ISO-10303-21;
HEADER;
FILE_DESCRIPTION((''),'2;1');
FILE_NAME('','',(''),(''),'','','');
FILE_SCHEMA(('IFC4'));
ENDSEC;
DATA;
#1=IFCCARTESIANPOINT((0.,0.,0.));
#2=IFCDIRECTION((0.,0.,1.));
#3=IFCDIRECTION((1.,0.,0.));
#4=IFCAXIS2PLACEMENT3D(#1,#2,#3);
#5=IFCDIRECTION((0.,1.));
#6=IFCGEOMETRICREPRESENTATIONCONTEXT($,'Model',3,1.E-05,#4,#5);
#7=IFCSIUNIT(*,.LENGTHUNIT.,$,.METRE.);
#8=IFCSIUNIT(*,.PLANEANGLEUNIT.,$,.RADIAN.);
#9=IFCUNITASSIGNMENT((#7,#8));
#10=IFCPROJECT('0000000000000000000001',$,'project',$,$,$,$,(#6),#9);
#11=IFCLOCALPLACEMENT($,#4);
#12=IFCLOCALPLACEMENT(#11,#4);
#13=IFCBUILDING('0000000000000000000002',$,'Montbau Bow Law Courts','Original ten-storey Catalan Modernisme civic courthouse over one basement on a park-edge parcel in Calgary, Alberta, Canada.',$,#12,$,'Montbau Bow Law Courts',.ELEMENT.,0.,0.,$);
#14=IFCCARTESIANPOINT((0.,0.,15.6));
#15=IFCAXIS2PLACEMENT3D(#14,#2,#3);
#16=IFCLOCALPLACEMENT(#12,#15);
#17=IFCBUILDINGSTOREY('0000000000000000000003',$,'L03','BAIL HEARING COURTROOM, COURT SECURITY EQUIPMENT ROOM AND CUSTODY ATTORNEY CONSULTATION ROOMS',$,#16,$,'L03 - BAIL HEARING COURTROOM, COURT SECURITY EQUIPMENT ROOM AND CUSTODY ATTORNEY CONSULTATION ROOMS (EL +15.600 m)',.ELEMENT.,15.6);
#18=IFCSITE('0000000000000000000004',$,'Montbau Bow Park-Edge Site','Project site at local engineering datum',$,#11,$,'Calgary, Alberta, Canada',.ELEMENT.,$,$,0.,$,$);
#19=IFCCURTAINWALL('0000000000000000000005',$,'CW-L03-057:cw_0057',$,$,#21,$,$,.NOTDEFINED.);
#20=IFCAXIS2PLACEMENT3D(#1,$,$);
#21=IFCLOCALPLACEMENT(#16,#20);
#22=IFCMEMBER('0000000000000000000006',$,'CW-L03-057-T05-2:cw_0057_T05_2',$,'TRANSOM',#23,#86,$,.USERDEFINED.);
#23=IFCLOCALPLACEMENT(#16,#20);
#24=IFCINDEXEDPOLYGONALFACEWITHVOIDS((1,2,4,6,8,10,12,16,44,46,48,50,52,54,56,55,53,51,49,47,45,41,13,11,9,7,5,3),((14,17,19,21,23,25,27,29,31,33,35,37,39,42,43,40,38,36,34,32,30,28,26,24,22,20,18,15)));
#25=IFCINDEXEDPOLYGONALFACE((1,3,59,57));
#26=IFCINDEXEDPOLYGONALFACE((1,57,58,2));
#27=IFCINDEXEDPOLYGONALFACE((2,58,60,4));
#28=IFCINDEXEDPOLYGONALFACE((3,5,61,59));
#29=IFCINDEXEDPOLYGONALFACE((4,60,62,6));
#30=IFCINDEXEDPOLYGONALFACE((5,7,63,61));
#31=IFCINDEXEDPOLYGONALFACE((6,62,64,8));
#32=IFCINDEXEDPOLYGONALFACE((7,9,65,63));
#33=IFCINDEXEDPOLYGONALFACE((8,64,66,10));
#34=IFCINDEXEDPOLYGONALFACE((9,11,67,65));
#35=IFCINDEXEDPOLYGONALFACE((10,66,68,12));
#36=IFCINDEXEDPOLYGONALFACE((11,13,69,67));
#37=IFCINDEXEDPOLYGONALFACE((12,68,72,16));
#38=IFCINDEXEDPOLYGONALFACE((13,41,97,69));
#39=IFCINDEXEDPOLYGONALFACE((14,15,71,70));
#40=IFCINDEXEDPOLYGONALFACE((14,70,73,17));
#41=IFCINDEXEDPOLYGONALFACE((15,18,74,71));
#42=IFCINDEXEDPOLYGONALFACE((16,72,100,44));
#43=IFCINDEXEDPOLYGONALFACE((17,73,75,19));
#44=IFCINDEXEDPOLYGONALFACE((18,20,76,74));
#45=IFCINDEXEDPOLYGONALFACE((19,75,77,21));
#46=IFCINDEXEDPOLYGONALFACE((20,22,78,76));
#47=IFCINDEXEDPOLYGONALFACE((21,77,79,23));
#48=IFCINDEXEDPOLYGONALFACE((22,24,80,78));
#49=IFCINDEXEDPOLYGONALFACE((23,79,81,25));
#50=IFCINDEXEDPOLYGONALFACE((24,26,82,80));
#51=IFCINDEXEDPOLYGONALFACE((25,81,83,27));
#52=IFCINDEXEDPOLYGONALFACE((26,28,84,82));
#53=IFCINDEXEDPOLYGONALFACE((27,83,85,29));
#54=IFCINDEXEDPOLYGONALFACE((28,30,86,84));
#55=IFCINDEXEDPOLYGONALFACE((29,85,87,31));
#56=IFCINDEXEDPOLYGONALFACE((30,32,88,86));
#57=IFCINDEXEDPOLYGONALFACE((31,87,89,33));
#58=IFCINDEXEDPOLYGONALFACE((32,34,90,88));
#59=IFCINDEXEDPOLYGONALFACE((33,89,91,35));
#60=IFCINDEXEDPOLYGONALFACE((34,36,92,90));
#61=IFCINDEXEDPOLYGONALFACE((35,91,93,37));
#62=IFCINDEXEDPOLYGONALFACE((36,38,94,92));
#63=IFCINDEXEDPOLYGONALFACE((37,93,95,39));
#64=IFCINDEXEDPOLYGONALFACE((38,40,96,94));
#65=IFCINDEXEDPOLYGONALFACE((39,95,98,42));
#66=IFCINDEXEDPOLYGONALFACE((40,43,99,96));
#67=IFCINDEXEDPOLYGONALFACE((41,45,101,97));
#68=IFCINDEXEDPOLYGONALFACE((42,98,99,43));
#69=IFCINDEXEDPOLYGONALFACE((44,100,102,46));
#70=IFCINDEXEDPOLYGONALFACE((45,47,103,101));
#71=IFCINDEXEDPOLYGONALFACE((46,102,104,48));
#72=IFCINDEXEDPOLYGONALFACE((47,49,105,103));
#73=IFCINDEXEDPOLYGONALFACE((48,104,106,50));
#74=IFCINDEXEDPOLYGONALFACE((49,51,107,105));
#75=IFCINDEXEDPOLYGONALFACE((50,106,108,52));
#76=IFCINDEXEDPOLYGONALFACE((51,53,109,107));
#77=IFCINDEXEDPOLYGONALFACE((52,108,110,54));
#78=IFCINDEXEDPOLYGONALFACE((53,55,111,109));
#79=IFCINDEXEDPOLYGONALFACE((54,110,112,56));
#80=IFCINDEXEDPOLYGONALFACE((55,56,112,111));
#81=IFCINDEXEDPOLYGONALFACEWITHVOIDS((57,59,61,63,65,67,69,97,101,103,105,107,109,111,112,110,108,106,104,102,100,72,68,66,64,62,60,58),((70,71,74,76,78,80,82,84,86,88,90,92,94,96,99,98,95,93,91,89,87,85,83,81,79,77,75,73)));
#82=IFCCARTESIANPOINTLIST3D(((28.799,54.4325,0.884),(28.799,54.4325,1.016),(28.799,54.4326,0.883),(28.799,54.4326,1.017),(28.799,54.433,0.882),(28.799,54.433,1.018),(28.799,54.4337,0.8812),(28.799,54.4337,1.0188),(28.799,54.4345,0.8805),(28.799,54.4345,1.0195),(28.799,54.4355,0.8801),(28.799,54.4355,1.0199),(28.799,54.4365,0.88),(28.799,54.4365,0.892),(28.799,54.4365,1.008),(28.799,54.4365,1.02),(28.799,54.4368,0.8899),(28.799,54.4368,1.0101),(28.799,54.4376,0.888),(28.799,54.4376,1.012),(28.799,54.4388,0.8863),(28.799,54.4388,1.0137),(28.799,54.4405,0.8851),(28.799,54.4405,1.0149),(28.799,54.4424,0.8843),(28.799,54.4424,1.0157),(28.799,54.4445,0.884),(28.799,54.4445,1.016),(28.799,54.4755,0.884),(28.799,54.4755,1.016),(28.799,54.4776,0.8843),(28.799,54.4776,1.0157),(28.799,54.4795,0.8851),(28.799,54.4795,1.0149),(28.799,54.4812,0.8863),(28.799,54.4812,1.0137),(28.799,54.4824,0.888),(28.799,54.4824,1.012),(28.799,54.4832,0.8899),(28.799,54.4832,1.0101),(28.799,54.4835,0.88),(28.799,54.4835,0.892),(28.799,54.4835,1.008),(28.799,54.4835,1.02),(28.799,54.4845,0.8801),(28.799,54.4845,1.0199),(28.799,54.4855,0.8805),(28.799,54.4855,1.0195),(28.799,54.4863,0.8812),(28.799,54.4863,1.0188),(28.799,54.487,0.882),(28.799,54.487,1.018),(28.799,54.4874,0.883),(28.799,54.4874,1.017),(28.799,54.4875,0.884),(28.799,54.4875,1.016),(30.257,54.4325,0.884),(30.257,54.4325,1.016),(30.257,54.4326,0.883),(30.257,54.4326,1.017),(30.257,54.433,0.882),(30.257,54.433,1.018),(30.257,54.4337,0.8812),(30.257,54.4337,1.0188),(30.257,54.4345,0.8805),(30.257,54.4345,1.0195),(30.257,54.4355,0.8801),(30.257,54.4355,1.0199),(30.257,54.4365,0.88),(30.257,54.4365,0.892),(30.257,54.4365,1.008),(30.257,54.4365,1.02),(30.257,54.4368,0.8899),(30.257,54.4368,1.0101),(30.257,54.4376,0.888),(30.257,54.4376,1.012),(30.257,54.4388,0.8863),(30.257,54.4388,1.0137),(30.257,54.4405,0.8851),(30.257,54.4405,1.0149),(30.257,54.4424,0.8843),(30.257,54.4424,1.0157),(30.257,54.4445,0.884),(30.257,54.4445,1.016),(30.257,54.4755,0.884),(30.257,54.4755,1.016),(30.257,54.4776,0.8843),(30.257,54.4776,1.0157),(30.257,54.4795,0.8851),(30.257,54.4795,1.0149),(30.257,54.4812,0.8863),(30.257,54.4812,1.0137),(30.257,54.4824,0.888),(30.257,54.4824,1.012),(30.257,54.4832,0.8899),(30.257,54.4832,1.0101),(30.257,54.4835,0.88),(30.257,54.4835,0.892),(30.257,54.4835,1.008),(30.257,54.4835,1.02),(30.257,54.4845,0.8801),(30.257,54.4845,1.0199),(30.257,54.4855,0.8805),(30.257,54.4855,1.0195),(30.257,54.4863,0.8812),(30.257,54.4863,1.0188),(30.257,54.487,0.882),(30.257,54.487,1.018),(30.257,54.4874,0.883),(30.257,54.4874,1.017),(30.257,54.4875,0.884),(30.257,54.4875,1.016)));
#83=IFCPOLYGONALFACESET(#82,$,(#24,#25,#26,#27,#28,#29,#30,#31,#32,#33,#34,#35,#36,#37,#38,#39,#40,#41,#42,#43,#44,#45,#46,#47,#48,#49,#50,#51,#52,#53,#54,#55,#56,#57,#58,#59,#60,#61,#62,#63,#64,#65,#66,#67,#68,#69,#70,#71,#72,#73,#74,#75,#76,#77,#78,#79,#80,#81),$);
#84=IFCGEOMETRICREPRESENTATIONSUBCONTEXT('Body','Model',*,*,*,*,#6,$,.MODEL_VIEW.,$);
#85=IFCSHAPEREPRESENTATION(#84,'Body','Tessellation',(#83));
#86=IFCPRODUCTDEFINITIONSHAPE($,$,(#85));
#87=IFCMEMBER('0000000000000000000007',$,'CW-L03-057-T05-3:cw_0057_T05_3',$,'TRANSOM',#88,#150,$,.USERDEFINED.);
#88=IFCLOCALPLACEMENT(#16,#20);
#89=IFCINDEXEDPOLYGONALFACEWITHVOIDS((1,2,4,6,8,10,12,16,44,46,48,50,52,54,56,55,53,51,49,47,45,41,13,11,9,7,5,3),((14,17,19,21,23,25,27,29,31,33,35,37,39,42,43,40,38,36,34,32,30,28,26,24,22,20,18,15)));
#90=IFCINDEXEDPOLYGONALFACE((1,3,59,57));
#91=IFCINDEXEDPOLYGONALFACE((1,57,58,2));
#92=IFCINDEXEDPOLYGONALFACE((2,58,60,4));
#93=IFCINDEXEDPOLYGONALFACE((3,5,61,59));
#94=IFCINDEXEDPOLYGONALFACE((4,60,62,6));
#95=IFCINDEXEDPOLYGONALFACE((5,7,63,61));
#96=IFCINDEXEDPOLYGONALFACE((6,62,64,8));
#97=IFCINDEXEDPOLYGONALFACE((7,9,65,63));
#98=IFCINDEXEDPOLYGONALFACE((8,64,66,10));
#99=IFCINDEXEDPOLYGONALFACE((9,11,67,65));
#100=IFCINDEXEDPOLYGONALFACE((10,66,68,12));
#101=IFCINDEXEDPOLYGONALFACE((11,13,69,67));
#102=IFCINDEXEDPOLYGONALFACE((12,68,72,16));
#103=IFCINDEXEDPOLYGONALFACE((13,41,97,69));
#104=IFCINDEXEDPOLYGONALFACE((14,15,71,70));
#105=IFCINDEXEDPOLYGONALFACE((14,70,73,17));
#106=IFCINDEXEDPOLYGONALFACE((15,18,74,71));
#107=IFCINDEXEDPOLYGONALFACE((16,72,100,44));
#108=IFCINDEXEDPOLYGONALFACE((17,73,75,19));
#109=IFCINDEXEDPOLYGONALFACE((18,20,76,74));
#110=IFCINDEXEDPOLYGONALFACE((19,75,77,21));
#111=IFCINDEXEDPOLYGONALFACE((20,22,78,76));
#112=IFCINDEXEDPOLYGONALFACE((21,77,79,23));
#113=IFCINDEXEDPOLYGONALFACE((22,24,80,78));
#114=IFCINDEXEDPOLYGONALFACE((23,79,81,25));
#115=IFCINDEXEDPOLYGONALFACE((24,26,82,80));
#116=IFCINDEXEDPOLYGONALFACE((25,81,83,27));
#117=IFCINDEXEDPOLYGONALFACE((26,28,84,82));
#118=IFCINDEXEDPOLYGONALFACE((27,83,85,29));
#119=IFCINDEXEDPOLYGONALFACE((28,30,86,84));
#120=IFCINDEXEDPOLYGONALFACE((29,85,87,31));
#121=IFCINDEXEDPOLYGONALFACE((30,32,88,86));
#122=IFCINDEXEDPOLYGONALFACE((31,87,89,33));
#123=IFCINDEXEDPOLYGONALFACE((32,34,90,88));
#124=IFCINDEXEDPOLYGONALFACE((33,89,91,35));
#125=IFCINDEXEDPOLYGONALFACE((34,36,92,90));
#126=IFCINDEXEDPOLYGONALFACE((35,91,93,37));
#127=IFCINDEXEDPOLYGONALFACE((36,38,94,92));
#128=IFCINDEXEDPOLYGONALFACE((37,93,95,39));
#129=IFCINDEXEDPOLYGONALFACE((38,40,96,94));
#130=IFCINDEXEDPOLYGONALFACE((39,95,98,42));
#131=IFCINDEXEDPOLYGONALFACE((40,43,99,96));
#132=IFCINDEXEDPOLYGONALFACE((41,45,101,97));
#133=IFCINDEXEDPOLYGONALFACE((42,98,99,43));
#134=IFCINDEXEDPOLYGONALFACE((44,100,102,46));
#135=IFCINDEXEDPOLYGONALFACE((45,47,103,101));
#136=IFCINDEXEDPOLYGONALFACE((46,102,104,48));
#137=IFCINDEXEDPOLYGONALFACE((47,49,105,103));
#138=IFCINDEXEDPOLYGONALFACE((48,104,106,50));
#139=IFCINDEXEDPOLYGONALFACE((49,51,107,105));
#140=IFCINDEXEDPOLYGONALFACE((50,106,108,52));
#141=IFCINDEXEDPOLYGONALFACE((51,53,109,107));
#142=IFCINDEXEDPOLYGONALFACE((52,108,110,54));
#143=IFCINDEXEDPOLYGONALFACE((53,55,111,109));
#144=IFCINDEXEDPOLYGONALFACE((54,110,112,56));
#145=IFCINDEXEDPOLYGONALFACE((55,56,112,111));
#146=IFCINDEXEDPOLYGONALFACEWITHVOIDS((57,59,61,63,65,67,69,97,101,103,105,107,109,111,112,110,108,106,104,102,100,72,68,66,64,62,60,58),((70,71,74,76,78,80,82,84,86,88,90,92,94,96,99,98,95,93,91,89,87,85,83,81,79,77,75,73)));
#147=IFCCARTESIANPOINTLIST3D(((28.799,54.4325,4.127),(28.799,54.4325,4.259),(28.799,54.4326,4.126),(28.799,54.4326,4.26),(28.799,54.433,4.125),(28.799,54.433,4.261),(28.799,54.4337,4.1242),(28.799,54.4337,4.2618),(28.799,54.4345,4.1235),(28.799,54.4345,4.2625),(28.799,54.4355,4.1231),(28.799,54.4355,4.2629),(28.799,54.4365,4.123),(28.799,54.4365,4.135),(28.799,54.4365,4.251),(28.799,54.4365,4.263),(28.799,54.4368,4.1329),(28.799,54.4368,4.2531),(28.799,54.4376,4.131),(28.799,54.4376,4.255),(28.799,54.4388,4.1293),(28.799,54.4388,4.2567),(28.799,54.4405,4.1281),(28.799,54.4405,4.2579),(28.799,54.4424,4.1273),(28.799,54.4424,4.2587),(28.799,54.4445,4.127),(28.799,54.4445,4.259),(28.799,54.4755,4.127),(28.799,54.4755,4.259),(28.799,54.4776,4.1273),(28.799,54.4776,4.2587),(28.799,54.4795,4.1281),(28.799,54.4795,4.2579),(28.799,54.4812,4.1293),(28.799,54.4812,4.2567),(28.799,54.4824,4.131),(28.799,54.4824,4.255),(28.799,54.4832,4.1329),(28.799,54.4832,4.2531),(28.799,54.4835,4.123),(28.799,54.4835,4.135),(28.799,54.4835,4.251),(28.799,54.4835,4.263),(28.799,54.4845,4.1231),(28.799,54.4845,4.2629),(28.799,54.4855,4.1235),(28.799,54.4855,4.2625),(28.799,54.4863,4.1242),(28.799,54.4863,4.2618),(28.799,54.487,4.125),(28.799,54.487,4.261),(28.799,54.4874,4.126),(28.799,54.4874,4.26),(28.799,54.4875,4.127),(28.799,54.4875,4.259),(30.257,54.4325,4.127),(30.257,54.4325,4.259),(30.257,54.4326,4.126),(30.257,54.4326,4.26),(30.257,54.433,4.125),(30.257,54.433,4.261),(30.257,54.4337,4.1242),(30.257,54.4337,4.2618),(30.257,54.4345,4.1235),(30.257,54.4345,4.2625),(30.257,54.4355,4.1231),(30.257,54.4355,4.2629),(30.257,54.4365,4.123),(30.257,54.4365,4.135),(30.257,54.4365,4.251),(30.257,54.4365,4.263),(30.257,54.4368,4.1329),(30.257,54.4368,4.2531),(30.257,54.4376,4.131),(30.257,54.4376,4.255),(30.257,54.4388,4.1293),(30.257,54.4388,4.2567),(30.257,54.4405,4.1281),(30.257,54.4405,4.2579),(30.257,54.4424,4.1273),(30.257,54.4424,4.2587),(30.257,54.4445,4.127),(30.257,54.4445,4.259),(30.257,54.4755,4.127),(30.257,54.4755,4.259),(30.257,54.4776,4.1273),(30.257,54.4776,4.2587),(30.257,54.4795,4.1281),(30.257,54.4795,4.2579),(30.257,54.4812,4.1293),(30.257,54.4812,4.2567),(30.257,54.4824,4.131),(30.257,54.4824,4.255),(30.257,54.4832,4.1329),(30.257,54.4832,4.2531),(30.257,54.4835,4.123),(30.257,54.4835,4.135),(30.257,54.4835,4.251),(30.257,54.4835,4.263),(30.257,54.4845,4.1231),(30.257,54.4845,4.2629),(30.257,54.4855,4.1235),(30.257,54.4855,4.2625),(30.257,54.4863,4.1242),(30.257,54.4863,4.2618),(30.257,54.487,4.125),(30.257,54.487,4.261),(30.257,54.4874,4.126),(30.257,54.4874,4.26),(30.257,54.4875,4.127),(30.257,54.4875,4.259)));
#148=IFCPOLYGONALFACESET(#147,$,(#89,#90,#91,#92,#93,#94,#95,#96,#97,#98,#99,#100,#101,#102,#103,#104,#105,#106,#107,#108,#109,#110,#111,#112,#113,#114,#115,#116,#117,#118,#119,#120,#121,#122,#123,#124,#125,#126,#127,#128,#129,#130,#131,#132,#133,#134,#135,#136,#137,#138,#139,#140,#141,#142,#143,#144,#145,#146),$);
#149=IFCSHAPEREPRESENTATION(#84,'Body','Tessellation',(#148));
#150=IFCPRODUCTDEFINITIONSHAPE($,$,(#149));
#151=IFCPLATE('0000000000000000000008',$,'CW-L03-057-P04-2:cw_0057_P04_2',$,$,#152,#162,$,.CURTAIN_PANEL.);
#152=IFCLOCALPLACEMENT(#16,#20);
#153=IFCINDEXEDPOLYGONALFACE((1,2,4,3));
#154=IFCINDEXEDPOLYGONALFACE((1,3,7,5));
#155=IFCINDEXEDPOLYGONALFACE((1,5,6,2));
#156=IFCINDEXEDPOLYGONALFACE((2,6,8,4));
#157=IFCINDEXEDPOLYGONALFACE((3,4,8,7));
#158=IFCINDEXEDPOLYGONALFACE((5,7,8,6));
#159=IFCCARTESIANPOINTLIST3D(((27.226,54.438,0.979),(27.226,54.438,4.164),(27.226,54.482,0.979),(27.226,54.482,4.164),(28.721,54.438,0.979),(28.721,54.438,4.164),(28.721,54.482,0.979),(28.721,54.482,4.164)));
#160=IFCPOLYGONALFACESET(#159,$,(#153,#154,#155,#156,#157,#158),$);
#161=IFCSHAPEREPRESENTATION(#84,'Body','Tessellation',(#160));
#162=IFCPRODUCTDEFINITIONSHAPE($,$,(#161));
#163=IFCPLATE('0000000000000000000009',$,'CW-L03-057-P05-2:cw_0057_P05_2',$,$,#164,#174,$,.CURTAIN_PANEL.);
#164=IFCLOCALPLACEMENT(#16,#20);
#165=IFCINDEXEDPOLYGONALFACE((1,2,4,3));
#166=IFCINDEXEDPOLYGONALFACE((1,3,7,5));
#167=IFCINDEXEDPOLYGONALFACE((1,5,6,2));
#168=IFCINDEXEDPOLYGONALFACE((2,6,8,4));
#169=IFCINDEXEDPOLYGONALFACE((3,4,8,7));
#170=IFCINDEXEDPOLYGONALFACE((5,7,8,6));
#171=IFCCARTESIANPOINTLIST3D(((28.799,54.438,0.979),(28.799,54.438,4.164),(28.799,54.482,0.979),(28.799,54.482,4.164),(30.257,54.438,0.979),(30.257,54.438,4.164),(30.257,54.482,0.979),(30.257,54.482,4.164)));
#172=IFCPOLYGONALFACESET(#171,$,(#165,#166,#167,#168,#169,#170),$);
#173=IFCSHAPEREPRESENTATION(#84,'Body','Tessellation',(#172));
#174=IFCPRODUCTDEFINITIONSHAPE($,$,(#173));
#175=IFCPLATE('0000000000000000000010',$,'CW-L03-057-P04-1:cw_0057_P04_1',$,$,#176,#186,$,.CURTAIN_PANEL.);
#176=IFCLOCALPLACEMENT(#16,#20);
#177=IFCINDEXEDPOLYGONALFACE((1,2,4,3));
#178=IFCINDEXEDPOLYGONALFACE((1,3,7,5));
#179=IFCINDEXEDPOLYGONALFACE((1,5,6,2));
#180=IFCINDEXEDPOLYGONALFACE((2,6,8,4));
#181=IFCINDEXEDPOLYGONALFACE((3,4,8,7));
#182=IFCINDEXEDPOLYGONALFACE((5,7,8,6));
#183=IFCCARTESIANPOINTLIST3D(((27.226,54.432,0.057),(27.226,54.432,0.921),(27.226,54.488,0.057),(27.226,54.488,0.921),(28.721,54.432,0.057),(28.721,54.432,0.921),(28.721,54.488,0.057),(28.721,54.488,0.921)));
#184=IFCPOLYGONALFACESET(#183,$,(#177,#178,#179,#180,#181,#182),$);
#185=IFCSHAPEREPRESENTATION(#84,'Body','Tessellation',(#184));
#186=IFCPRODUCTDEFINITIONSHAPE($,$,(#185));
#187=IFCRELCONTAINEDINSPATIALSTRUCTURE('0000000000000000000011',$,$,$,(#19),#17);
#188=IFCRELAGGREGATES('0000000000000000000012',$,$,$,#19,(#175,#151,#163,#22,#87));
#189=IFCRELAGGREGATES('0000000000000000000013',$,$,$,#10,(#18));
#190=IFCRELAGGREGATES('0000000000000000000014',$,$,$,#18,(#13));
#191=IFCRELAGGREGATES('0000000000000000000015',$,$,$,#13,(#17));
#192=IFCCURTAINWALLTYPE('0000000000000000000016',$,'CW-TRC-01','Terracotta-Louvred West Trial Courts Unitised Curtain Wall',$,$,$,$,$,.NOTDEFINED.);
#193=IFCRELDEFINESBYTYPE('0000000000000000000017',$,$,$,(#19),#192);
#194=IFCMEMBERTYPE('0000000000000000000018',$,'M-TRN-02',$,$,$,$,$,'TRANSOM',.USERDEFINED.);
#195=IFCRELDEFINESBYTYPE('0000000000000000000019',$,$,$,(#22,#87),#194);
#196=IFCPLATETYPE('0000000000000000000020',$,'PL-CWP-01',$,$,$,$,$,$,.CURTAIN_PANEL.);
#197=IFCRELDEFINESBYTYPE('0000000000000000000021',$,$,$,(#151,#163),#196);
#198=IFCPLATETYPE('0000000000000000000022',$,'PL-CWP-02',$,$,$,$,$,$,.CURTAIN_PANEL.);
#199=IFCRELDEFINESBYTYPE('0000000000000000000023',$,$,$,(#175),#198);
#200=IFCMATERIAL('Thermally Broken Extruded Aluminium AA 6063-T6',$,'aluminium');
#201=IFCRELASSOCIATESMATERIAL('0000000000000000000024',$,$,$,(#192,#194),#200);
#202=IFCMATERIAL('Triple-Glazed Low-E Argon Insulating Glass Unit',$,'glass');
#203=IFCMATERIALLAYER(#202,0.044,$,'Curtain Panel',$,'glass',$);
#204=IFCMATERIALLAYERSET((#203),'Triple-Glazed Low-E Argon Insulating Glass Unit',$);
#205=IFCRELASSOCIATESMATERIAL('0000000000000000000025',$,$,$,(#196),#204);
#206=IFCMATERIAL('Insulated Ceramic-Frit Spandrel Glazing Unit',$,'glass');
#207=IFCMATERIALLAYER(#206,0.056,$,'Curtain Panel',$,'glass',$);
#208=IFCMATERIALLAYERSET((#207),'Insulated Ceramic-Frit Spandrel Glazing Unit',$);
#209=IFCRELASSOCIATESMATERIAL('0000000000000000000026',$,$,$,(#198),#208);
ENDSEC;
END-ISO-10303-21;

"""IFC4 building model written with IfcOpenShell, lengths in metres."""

from ifc_helpers import new_model, si_unit, direction, frame, frame_2d, origin_with_axes, origin_2d_with_axis, place, context, subcontext, project, spatial, rectangle, hollow_rectangle, extrude, material, layer, layer_set, material_profile, profile_set, type_object, element, aggregate, save


model = new_model("IFC4")

# Units and contexts
model_context = context("Model", 3, precision=1e-05, world=origin_with_axes(), true_north=direction((0.0, 1.0)))
body_context = subcontext(model_context, "Body", "Model", "MODEL_VIEW")
ifc_project = project(units=[si_unit("LENGTHUNIT", "METRE"), si_unit("PLANEANGLEUNIT", "RADIAN")], contexts=[model_context])

# Site, building, storey
site_placement = place(None, origin_with_axes())
site = spatial("IfcSite", under=ifc_project, at=site_placement, Name="Montbau Bow Park-Edge Site", Description="Project site at local engineering datum", LongName="Calgary, Alberta, Canada", CompositionType="ELEMENT", RefElevation=0.0)
building_placement = place(site_placement, origin_with_axes())
building = spatial("IfcBuilding", under=site, at=building_placement, Name="Montbau Bow Law Courts", Description="Original ten-storey Catalan Modernisme civic courthouse over one basement on a park-edge parcel in Calgary, Alberta, Canada.", LongName="Montbau Bow Law Courts", CompositionType="ELEMENT", ElevationOfRefHeight=0.0, ElevationOfTerrain=0.0)
storey_placement = place(building_placement, frame((0.0, 0.0, 15.6), z_axis=(0.0, 0.0, 1.0), x_axis=(1.0, 0.0, 0.0)))
storey = spatial("IfcBuildingStorey", under=building, at=storey_placement, Name="L03", Description="BAIL HEARING COURTROOM, COURT SECURITY EQUIPMENT ROOM AND CUSTODY ATTORNEY CONSULTATION ROOMS", LongName="L03 - BAIL HEARING COURTROOM, COURT SECURITY EQUIPMENT ROOM AND CUSTODY ATTORNEY CONSULTATION ROOMS (EL +15.600 m)", CompositionType="ELEMENT", Elevation=15.6)

# Curtain wall, members, plates
ifc_material_1 = material(Name="Thermally Broken Extruded Aluminium AA 6063-T6", Category="aluminium")
curtain_wall_type = type_object("IfcCurtainWallType", Name="CW-TRC-01", Description="Terracotta-Louvred West Trial Courts Unitised Curtain Wall", PredefinedType="NOTDEFINED", material=ifc_material_1)
curtain_wall_placement = place(None, frame((22.467, 54.46, 15.6), z_axis=(0.0, 0.0, 1.0), x_axis=(1.0, 0.0, 0.0)))
curtain_wall = element("IfcCurtainWall", 1, at=curtain_wall_placement, inside=storey, type_object=curtain_wall_type, Name="CW-L03-057:cw_0057", PredefinedType="NOTDEFINED")
ifc_material_profile_1 = material_profile(ifc_material_1, hollow_rectangle(XDim=0.055, YDim=0.14, WallThickness=0.004, InnerFilletRadius=0.008, OuterFilletRadius=0.004, at=origin_2d_with_axis()), Name="CWT-140X55", Category="Main", Priority=0)
ifc_profile_set_1 = profile_set([ifc_material_profile_1], Name="Thermally Broken Extruded Aluminium AA 6063-T6")
member_type_1 = type_object("IfcMemberType", Name="M-TRN-02", ElementType="TRANSOM", PredefinedType="USERDEFINED", material=ifc_profile_set_1)
member_1_placement = place(None, frame((28.799, 54.46, 16.55), z_axis=(1.0, 0.0, 0.0), x_axis=(0.0, 1.0, 0.0)))
member_1 = element("IfcMember", 2, at=member_1_placement, type_object=member_type_1, Name="CW-L03-057-T05-2:cw_0057_T05_2", ObjectType="TRANSOM", PredefinedType="USERDEFINED", context=body_context, shape_type="SweptSolid", body=[
    extrude(hollow_rectangle(XDim=0.055, YDim=0.14, WallThickness=0.004, InnerFilletRadius=0.008, OuterFilletRadius=0.004, at=origin_2d_with_axis()), origin_with_axes(), (0.0, 0.0, 1.0), 1.458),
])
member_2_placement = place(None, frame((28.799, 54.46, 19.793), z_axis=(1.0, 0.0, 0.0), x_axis=(0.0, 1.0, 0.0)))
member_2 = element("IfcMember", 3, at=member_2_placement, type_object=member_type_1, Name="CW-L03-057-T05-3:cw_0057_T05_3", ObjectType="TRANSOM", PredefinedType="USERDEFINED", context=body_context, shape_type="SweptSolid", body=[
    extrude(hollow_rectangle(XDim=0.055, YDim=0.14, WallThickness=0.004, InnerFilletRadius=0.008, OuterFilletRadius=0.004, at=origin_2d_with_axis()), origin_with_axes(), (0.0, 0.0, 1.0), 1.458),
])
ifc_material_2 = material(Name="Triple-Glazed Low-E Argon Insulating Glass Unit", Category="glass")
ifc_layer_1 = layer(ifc_material_2, 0.044, Name="Curtain Panel", Category="glass")
ifc_layer_set_1 = layer_set([ifc_layer_1], Name="Triple-Glazed Low-E Argon Insulating Glass Unit")
plate_type_1 = type_object("IfcPlateType", Name="PL-CWP-01", PredefinedType="CURTAIN_PANEL", material=ifc_layer_set_1)
plate_1_placement = place(None, frame((27.226, 54.46, 16.579), z_axis=(0.0, -1.0, 0.0), x_axis=(1.0, 0.0, 0.0)))
plate_1 = element("IfcPlate", 4, at=plate_1_placement, type_object=plate_type_1, Name="CW-L03-057-P04-2:cw_0057_P04_2", PredefinedType="CURTAIN_PANEL", context=body_context, shape_type="SweptSolid", body=[
    extrude(rectangle(XDim=1.495, YDim=3.185, at=frame_2d((0.7475, 1.5925), x_axis=(1.0, 0.0))), frame((0.0, 0.0, -0.022), z_axis=(0.0, 0.0, 1.0), x_axis=(1.0, 0.0, 0.0)), (0.0, 0.0, 1.0), 0.044),
])
plate_2_placement = place(None, frame((28.799, 54.46, 16.579), z_axis=(0.0, -1.0, 0.0), x_axis=(1.0, 0.0, 0.0)))
plate_2 = element("IfcPlate", 5, at=plate_2_placement, type_object=plate_type_1, Name="CW-L03-057-P05-2:cw_0057_P05_2", PredefinedType="CURTAIN_PANEL", context=body_context, shape_type="SweptSolid", body=[
    extrude(rectangle(XDim=1.458, YDim=3.185, at=frame_2d((0.729, 1.5925), x_axis=(1.0, 0.0))), frame((0.0, 0.0, -0.022), z_axis=(0.0, 0.0, 1.0), x_axis=(1.0, 0.0, 0.0)), (0.0, 0.0, 1.0), 0.044),
])
ifc_material_3 = material(Name="Insulated Ceramic-Frit Spandrel Glazing Unit", Category="glass")
ifc_layer_2 = layer(ifc_material_3, 0.056, Name="Curtain Panel", Category="glass")
ifc_layer_set_2 = layer_set([ifc_layer_2], Name="Insulated Ceramic-Frit Spandrel Glazing Unit")
plate_type_2 = type_object("IfcPlateType", Name="PL-CWP-02", PredefinedType="CURTAIN_PANEL", material=ifc_layer_set_2)
plate_3_placement = place(None, frame((27.226, 54.46, 15.657), z_axis=(0.0, -1.0, 0.0), x_axis=(1.0, 0.0, 0.0)))
plate_3 = element("IfcPlate", 6, at=plate_3_placement, type_object=plate_type_2, Name="CW-L03-057-P04-1:cw_0057_P04_1", PredefinedType="CURTAIN_PANEL", context=body_context, shape_type="SweptSolid", body=[
    extrude(rectangle(XDim=1.495, YDim=0.864, at=frame_2d((0.7475, 0.432), x_axis=(1.0, 0.0))), frame((0.0, 0.0, -0.028), z_axis=(0.0, 0.0, 1.0), x_axis=(1.0, 0.0, 0.0)), (0.0, 0.0, 1.0), 0.056),
])
aggregate(curtain_wall, [plate_3, plate_1, plate_2, member_1, member_2])

save(model, "model.ifc")
